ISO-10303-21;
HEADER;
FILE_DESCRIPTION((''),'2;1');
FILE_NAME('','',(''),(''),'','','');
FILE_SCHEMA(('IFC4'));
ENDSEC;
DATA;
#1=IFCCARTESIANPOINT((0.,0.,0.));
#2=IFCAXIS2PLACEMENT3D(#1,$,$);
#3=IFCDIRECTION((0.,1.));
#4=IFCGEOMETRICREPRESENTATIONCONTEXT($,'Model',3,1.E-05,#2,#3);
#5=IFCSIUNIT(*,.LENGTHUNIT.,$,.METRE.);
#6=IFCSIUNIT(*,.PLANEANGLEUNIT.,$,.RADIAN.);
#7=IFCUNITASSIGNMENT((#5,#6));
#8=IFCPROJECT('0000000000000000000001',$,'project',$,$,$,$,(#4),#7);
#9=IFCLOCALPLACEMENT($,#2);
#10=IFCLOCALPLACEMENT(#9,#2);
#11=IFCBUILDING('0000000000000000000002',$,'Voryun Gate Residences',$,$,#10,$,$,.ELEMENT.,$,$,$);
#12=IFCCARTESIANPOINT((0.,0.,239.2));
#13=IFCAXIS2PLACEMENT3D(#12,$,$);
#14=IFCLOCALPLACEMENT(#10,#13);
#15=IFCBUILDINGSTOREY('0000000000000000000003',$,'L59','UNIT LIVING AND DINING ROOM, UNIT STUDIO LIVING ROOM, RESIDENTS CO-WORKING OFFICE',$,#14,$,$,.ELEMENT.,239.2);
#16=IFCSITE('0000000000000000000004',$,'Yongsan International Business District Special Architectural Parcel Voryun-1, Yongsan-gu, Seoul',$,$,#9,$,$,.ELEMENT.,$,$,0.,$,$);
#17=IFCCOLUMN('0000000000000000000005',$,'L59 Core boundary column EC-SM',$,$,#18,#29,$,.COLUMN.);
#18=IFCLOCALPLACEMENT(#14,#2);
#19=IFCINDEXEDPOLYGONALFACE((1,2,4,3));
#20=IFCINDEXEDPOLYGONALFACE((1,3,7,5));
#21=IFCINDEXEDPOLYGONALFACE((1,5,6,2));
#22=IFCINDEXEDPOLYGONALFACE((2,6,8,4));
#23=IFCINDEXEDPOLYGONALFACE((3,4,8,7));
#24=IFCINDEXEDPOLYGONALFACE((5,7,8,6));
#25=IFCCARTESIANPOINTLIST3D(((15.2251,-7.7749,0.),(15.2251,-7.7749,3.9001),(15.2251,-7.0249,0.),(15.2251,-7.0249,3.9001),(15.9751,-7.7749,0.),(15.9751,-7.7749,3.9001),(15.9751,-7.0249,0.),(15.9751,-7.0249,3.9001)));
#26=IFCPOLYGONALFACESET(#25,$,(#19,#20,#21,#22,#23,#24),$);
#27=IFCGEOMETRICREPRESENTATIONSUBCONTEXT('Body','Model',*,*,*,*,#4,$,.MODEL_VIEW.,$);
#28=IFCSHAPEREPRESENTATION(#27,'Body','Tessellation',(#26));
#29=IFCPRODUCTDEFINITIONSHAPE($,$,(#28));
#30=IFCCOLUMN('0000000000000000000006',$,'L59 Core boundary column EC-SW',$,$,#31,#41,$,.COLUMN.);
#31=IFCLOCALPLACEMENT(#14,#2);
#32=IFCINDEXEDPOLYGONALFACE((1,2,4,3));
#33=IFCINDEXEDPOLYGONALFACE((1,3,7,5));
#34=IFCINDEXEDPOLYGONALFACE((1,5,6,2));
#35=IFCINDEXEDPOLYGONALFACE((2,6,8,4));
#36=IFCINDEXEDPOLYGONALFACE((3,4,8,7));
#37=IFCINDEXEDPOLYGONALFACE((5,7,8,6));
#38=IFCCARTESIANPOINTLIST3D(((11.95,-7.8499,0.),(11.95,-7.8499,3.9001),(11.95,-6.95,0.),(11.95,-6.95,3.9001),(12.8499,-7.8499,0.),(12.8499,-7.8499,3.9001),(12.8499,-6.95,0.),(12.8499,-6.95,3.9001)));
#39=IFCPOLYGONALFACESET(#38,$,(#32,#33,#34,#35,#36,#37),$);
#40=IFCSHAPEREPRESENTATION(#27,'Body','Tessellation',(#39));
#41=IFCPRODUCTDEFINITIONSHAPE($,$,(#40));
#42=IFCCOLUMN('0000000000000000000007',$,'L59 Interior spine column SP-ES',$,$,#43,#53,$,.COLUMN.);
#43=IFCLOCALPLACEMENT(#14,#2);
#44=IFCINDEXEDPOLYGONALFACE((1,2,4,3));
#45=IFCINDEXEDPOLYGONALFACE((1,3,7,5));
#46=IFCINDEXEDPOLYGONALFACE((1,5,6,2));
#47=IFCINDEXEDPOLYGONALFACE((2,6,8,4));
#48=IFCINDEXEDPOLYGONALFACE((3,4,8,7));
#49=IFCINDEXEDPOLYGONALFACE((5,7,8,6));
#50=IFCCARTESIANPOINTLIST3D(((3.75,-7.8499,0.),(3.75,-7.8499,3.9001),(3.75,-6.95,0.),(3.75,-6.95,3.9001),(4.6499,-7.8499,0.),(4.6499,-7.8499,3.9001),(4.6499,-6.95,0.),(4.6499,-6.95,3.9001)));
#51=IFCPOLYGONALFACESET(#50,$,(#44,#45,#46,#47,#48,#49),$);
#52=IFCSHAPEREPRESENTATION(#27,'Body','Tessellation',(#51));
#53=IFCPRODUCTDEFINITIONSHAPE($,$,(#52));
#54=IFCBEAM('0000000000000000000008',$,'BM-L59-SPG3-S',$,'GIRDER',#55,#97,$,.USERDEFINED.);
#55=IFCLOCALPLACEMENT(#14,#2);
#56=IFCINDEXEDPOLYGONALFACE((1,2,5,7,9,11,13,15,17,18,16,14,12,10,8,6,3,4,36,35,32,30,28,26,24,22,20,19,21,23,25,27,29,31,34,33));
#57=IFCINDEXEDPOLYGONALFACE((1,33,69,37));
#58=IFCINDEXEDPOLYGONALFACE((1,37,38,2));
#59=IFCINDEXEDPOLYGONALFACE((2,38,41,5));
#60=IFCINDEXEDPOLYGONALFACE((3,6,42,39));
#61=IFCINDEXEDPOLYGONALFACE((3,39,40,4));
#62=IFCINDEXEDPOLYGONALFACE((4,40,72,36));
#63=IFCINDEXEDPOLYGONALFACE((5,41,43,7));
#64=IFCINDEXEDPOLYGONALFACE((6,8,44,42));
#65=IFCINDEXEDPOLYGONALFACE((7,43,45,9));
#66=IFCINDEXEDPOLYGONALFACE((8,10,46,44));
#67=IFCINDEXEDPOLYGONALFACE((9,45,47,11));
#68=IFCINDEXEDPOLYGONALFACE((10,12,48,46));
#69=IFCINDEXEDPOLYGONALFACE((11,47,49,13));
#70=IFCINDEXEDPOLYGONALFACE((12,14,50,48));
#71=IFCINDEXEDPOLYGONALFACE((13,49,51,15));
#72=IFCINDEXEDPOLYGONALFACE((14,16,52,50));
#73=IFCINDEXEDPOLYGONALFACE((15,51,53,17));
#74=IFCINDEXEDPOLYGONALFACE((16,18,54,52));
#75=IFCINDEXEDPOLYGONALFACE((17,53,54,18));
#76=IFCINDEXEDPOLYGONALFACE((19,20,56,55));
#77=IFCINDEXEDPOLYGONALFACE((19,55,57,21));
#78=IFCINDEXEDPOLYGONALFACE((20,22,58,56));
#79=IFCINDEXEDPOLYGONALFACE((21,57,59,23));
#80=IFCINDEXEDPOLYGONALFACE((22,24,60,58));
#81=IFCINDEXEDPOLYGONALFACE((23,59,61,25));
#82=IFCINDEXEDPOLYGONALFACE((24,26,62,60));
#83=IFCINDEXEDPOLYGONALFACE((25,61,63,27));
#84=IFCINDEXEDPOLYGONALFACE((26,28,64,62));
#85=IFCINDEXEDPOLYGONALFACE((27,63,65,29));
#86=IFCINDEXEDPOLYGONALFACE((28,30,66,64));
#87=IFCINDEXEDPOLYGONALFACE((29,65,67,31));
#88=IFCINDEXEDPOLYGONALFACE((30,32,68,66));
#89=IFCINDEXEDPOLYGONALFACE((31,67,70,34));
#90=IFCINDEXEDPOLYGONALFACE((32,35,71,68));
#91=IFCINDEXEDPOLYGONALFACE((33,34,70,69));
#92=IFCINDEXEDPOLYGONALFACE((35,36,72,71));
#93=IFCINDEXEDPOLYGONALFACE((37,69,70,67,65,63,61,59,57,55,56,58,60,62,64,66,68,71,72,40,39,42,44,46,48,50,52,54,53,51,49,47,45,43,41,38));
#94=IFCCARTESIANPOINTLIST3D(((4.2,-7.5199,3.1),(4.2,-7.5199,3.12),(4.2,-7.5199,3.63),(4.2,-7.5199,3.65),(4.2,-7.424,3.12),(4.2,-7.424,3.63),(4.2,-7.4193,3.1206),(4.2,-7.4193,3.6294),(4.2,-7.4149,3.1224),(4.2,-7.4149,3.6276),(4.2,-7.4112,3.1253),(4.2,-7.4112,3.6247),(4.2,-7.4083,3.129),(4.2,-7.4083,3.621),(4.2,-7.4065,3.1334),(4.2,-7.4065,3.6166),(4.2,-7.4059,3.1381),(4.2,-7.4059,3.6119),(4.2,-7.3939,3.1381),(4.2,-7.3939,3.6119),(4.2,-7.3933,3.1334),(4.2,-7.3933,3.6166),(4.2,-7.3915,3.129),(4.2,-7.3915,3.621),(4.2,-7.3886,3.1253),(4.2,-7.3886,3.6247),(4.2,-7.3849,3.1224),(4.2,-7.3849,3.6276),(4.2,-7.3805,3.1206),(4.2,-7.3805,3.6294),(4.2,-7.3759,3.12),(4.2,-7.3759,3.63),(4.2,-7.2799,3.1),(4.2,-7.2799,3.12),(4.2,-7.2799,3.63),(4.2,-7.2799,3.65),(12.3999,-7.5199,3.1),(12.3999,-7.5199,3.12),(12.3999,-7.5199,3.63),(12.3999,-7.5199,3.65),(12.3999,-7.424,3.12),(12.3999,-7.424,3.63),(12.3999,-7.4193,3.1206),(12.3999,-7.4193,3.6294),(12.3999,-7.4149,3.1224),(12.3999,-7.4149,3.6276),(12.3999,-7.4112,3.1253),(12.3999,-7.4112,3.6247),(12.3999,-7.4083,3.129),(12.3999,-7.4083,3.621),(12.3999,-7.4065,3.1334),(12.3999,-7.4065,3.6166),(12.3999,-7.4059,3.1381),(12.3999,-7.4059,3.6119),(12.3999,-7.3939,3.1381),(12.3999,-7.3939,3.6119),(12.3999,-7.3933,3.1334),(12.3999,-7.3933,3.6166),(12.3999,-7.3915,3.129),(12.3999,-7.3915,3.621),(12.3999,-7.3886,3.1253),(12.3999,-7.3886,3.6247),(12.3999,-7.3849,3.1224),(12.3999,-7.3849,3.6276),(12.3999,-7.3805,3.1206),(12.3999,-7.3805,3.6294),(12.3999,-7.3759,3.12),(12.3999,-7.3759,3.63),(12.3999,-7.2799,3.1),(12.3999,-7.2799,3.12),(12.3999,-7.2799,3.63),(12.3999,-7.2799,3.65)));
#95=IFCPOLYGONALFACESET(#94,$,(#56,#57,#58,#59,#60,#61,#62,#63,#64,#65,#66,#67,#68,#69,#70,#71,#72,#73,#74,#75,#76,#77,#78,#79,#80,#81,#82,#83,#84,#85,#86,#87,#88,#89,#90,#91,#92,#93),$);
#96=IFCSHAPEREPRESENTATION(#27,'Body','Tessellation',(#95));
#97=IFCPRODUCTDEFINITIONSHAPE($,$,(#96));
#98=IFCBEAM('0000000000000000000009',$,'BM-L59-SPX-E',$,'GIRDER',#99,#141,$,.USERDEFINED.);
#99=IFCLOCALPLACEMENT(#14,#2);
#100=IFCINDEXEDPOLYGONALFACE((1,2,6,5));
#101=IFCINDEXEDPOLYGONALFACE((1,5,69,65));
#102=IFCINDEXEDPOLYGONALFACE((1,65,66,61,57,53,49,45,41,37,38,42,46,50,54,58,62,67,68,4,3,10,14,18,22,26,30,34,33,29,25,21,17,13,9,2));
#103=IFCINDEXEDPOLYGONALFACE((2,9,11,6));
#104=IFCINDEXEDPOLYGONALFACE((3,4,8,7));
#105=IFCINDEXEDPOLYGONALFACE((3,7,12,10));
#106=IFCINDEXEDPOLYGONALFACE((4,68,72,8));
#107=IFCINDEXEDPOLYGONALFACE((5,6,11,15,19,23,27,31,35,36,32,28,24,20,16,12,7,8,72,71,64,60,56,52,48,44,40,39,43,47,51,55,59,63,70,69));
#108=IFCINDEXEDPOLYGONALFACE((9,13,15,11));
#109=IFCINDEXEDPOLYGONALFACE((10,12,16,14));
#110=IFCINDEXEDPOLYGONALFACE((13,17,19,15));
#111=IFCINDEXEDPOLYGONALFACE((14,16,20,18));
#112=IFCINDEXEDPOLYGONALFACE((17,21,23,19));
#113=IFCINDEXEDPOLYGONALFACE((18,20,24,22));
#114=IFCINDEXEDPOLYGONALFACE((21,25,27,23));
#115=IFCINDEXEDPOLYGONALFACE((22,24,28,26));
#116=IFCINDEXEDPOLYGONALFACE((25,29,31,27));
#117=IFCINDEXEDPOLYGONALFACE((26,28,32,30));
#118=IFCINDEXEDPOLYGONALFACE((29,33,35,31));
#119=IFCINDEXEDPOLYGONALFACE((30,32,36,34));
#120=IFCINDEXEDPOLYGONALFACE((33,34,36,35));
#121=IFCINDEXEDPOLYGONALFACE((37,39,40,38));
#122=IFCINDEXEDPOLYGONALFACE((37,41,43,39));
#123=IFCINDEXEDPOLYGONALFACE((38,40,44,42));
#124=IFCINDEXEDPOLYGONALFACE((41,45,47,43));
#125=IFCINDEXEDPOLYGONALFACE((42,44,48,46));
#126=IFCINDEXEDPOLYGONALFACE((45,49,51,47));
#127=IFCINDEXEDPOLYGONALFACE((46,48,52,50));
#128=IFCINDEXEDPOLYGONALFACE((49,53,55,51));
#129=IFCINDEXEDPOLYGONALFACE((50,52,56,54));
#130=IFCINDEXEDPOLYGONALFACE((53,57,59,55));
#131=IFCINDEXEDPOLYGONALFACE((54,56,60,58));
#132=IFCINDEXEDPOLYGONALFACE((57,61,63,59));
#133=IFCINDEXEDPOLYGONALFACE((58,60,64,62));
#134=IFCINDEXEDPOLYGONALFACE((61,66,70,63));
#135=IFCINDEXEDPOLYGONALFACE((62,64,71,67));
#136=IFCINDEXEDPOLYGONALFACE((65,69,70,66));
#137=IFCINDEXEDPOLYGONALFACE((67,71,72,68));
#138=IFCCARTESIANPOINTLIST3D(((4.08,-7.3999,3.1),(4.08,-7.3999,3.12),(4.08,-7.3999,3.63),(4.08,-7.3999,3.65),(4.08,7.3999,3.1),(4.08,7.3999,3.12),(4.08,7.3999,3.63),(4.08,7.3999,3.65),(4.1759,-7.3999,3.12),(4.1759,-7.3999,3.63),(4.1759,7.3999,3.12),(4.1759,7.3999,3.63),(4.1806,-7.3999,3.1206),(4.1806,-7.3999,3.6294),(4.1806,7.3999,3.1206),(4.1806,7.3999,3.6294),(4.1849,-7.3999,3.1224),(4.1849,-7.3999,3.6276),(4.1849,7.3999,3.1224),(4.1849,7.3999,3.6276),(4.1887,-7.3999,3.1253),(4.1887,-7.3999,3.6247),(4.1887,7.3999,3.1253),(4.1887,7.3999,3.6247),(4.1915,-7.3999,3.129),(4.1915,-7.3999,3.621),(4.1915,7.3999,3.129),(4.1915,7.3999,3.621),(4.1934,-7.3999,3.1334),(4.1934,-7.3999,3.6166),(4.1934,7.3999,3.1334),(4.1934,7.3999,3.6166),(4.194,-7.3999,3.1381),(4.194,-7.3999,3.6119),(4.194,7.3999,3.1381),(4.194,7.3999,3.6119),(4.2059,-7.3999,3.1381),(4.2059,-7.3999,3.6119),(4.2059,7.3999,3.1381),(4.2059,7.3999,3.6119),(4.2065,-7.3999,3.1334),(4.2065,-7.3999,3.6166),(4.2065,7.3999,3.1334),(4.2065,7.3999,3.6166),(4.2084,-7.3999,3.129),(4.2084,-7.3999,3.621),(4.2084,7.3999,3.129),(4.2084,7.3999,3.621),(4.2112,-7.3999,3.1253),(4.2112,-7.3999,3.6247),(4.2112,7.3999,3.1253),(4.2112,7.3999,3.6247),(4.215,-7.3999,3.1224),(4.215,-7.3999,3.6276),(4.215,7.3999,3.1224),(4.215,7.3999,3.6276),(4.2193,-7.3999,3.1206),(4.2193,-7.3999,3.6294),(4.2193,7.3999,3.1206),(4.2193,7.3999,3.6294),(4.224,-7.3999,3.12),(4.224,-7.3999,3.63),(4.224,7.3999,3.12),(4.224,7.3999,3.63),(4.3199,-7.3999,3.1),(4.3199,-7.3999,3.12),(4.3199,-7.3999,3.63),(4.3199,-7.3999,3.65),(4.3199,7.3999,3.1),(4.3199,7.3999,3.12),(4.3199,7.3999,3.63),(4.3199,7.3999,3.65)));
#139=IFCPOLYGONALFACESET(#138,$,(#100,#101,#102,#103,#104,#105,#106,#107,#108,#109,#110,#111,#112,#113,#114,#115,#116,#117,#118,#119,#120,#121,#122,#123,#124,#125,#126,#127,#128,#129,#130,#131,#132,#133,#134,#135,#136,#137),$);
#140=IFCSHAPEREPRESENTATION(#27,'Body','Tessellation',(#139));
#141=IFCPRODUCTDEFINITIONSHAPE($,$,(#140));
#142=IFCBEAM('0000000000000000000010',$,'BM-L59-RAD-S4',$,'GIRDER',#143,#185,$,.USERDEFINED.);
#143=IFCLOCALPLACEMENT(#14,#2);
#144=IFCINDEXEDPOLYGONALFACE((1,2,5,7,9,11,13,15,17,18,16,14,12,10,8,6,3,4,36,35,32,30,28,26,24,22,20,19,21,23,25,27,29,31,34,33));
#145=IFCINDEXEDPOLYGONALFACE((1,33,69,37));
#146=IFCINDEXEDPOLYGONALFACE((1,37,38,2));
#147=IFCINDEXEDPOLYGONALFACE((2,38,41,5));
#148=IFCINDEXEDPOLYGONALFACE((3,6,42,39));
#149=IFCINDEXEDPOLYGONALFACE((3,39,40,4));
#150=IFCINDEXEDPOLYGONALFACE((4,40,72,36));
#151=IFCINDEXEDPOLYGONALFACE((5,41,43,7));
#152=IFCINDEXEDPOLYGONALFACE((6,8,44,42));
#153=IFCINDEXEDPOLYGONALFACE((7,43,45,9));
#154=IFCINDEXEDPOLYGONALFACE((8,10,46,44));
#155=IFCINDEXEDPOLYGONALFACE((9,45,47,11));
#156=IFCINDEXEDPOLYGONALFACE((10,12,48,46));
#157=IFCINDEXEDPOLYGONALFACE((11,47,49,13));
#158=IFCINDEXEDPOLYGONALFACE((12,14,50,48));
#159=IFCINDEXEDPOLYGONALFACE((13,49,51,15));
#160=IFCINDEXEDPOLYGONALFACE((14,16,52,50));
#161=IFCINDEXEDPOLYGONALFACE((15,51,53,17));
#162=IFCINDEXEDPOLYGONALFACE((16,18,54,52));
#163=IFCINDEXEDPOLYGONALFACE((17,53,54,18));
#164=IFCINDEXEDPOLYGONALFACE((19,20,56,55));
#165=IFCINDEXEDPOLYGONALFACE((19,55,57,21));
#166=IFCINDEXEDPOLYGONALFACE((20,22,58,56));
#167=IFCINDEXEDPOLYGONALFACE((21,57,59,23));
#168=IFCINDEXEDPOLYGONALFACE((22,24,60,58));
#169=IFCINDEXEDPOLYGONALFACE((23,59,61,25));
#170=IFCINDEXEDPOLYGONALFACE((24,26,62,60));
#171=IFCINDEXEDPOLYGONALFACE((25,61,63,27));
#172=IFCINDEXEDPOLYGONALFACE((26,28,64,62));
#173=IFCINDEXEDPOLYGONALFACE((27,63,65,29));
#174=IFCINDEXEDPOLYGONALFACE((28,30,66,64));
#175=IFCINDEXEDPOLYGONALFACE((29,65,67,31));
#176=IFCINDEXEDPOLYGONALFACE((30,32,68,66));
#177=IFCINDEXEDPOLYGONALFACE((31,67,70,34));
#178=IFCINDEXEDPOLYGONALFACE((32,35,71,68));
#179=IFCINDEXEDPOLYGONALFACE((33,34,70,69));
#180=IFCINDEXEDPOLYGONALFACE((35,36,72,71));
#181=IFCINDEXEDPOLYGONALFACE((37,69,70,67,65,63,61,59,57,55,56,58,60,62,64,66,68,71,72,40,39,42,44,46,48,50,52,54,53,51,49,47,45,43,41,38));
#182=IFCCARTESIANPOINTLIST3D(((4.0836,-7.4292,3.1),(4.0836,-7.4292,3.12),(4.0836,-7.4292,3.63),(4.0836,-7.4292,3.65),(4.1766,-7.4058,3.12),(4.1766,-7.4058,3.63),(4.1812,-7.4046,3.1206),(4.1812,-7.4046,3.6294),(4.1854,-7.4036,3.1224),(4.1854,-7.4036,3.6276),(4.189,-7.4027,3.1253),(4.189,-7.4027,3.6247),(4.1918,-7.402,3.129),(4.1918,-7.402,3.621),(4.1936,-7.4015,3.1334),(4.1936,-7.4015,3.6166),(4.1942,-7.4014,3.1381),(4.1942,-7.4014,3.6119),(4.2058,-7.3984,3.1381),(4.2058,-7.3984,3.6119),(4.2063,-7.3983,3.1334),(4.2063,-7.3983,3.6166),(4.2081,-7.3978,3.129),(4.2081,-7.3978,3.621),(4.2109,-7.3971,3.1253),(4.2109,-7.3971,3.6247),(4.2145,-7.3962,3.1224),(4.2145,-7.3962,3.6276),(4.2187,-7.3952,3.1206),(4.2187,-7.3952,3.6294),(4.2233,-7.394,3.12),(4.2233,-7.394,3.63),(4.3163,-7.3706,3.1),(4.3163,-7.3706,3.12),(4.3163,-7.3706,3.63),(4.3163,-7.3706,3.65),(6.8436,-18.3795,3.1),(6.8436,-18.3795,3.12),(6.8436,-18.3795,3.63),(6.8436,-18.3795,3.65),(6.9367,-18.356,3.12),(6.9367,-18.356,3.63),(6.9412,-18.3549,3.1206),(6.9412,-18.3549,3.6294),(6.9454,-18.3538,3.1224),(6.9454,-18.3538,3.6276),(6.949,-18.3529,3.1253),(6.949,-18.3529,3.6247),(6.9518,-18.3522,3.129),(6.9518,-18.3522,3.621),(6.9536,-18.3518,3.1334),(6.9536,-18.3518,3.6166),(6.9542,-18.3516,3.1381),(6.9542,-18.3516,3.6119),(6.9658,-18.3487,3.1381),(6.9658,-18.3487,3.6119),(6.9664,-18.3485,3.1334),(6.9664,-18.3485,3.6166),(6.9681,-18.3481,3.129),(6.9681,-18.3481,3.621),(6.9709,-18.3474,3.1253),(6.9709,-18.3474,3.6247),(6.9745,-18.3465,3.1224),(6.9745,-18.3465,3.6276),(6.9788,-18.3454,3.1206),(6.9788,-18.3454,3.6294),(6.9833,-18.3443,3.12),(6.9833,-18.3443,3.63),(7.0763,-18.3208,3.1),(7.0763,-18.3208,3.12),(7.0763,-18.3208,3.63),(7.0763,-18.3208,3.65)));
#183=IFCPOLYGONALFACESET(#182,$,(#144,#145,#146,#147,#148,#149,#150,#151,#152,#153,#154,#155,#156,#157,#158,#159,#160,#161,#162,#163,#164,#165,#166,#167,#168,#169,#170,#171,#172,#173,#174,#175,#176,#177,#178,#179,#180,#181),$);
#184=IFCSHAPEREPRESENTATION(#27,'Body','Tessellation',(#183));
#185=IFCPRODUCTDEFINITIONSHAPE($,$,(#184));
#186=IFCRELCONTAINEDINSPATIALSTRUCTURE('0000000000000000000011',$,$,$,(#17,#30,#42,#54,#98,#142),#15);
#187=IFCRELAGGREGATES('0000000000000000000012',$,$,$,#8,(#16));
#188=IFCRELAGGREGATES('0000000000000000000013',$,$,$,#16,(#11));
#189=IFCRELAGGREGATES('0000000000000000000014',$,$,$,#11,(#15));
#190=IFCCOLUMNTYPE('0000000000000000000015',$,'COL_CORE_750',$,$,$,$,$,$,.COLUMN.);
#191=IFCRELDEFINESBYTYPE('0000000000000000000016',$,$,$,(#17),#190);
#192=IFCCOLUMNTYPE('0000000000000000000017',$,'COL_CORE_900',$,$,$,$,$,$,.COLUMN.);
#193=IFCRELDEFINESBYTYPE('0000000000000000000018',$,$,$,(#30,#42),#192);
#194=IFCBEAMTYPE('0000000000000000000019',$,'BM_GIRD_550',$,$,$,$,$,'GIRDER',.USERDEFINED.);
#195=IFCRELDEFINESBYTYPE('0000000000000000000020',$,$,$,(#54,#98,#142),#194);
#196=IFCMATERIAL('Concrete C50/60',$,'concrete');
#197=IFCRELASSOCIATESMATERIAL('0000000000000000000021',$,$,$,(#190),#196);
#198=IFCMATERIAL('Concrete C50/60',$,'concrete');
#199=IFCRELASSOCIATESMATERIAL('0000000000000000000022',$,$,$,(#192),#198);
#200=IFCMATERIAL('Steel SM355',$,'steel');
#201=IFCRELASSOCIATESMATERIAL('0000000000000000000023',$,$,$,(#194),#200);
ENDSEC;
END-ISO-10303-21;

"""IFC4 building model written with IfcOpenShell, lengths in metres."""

from ifc_helpers import new_model, si_unit, direction, frame, origin, origin_2d, place, context, subcontext, project, spatial, rectangle, i_section, extrude, material, material_profile, profile_set, type_object, element, save


model = new_model("IFC4")

# Units and contexts
model_context = context("Model", 3, precision=1e-05, world=origin(), true_north=direction((0.0, 1.0)))
body_context = subcontext(model_context, "Body", "Model", "MODEL_VIEW")
ifc_project = project(units=[si_unit("LENGTHUNIT", "METRE"), si_unit("PLANEANGLEUNIT", "RADIAN")], contexts=[model_context])

# Site, building, storey
site_placement = place(None, origin())
site = spatial("IfcSite", under=ifc_project, at=site_placement, Name="Yongsan International Business District Special Architectural Parcel Voryun-1, Yongsan-gu, Seoul", CompositionType="ELEMENT", RefElevation=0.0)
building_placement = place(site_placement, origin())
building = spatial("IfcBuilding", under=site, at=building_placement, Name="Voryun Gate Residences", CompositionType="ELEMENT")
storey_placement = place(building_placement, frame((0.0, 0.0, 239.2)))
storey = spatial("IfcBuildingStorey", under=building, at=storey_placement, Name="L59", Description="UNIT LIVING AND DINING ROOM, UNIT STUDIO LIVING ROOM, RESIDENTS CO-WORKING OFFICE", CompositionType="ELEMENT", Elevation=239.2)

# Columns
ifc_material_1 = material(Name="Concrete C50/60", Category="concrete")
ifc_material_profile_1 = material_profile(ifc_material_1, rectangle(XDim=0.75, YDim=0.75, at=origin_2d()), Name="RC-750x750")
ifc_profile_set_1 = profile_set([ifc_material_profile_1], Name="Concrete C50/60")
column_type_1 = type_object("IfcColumnType", Name="COL_CORE_750", PredefinedType="COLUMN", material=ifc_profile_set_1)
column_placement = place(storey_placement, frame((15.6001, -7.3999, 0.0), z_axis=(0.0, 0.0, 1.0), x_axis=(1.0, 0.0, 0.0)))
element("IfcColumn", 1, at=column_placement, inside=storey, type_object=column_type_1, Name="L59 Core boundary column EC-SM", PredefinedType="COLUMN", context=body_context, shape_type="SweptSolid", body=[
    extrude(rectangle(XDim=0.75, YDim=0.75, at=origin_2d()), origin(), (0.0, 0.0, 1.0), 3.9001),
])
ifc_material_2 = material(Name="Concrete C50/60", Category="concrete")
ifc_material_profile_2 = material_profile(ifc_material_2, rectangle(XDim=0.8999, YDim=0.8999, at=origin_2d()), Name="RC-900x900")
ifc_profile_set_2 = profile_set([ifc_material_profile_2], Name="Concrete C50/60")
column_type_2 = type_object("IfcColumnType", Name="COL_CORE_900", PredefinedType="COLUMN", material=ifc_profile_set_2)
for number, where, z_axis, x_axis, name in (
    (2, (12.3999, -7.3999, 0.0), (0.0, 0.0, 1.0), (1.0, 0.0, 0.0), "L59 Core boundary column EC-SW"),
    (3, (4.2, -7.3999, 0.0), (0.0, 0.0, 1.0), (1.0, 0.0, 0.0), "L59 Interior spine column SP-ES"),
):
    element("IfcColumn", number, at=place(storey_placement, frame(where, z_axis=z_axis, x_axis=x_axis)), inside=storey, type_object=column_type_2, Name=name, PredefinedType="COLUMN", context=body_context, shape_type="SweptSolid", body=[
        extrude(rectangle(XDim=0.8999, YDim=0.8999, at=origin_2d()), origin(), (0.0, 0.0, 1.0), 3.9001),
    ])

# Beams
ifc_material_3 = material(Name="Steel SM355", Category="steel")
ifc_material_profile_3 = material_profile(ifc_material_3, i_section(OverallWidth=0.24, OverallDepth=0.55, WebThickness=0.012, FlangeThickness=0.02, FilletRadius=0.0181, at=origin_2d()), Name="H-550x240x12x20")
ifc_profile_set_3 = profile_set([ifc_material_profile_3], Name="Steel SM355")
beam_type_1 = type_object("IfcBeamType", Name="BM_GIRD_550", ElementType="GIRDER", PredefinedType="USERDEFINED", material=ifc_profile_set_3)
beam_1_placement = place(storey_placement, frame((4.2, -7.3999, 3.375), z_axis=(1.0, 0.0, 0.0), x_axis=(0.0, 1.0, 0.0)))
element("IfcBeam", 4, at=beam_1_placement, inside=storey, type_object=beam_type_1, Name="BM-L59-SPG3-S", ObjectType="GIRDER", PredefinedType="USERDEFINED", context=body_context, shape_type="SweptSolid", body=[
    extrude(i_section(OverallWidth=0.24, OverallDepth=0.55, WebThickness=0.012, FlangeThickness=0.02, FilletRadius=0.0181, at=origin_2d()), origin(), (0.0, 0.0, 1.0), 8.2),
])
beam_2_placement = place(storey_placement, frame((4.2, -7.3999, 3.375), z_axis=(0.0, 1.0, 0.0), x_axis=(-1.0, 0.0, 0.0)))
element("IfcBeam", 5, at=beam_2_placement, inside=storey, type_object=beam_type_1, Name="BM-L59-SPX-E", ObjectType="GIRDER", PredefinedType="USERDEFINED", context=body_context, shape_type="SweptSolid", body=[
    extrude(i_section(OverallWidth=0.24, OverallDepth=0.55, WebThickness=0.012, FlangeThickness=0.02, FilletRadius=0.0181, at=origin_2d()), origin(), (0.0, 0.0, 1.0), 14.7998),
])
beam_3_placement = place(storey_placement, frame((4.2, -7.3999, 3.375), z_axis=(0.244407, -0.969673, 0.0), x_axis=(0.969673, 0.244407, 0.0)))
element("IfcBeam", 6, at=beam_3_placement, inside=storey, type_object=beam_type_1, Name="BM-L59-RAD-S4", ObjectType="GIRDER", PredefinedType="USERDEFINED", context=body_context, shape_type="SweptSolid", body=[
    extrude(i_section(OverallWidth=0.24, OverallDepth=0.55, WebThickness=0.012, FlangeThickness=0.02, FilletRadius=0.0181, at=origin_2d()), origin(), (0.0, 0.0, 1.0), 11.2927),
])

save(model, "model.ifc")
